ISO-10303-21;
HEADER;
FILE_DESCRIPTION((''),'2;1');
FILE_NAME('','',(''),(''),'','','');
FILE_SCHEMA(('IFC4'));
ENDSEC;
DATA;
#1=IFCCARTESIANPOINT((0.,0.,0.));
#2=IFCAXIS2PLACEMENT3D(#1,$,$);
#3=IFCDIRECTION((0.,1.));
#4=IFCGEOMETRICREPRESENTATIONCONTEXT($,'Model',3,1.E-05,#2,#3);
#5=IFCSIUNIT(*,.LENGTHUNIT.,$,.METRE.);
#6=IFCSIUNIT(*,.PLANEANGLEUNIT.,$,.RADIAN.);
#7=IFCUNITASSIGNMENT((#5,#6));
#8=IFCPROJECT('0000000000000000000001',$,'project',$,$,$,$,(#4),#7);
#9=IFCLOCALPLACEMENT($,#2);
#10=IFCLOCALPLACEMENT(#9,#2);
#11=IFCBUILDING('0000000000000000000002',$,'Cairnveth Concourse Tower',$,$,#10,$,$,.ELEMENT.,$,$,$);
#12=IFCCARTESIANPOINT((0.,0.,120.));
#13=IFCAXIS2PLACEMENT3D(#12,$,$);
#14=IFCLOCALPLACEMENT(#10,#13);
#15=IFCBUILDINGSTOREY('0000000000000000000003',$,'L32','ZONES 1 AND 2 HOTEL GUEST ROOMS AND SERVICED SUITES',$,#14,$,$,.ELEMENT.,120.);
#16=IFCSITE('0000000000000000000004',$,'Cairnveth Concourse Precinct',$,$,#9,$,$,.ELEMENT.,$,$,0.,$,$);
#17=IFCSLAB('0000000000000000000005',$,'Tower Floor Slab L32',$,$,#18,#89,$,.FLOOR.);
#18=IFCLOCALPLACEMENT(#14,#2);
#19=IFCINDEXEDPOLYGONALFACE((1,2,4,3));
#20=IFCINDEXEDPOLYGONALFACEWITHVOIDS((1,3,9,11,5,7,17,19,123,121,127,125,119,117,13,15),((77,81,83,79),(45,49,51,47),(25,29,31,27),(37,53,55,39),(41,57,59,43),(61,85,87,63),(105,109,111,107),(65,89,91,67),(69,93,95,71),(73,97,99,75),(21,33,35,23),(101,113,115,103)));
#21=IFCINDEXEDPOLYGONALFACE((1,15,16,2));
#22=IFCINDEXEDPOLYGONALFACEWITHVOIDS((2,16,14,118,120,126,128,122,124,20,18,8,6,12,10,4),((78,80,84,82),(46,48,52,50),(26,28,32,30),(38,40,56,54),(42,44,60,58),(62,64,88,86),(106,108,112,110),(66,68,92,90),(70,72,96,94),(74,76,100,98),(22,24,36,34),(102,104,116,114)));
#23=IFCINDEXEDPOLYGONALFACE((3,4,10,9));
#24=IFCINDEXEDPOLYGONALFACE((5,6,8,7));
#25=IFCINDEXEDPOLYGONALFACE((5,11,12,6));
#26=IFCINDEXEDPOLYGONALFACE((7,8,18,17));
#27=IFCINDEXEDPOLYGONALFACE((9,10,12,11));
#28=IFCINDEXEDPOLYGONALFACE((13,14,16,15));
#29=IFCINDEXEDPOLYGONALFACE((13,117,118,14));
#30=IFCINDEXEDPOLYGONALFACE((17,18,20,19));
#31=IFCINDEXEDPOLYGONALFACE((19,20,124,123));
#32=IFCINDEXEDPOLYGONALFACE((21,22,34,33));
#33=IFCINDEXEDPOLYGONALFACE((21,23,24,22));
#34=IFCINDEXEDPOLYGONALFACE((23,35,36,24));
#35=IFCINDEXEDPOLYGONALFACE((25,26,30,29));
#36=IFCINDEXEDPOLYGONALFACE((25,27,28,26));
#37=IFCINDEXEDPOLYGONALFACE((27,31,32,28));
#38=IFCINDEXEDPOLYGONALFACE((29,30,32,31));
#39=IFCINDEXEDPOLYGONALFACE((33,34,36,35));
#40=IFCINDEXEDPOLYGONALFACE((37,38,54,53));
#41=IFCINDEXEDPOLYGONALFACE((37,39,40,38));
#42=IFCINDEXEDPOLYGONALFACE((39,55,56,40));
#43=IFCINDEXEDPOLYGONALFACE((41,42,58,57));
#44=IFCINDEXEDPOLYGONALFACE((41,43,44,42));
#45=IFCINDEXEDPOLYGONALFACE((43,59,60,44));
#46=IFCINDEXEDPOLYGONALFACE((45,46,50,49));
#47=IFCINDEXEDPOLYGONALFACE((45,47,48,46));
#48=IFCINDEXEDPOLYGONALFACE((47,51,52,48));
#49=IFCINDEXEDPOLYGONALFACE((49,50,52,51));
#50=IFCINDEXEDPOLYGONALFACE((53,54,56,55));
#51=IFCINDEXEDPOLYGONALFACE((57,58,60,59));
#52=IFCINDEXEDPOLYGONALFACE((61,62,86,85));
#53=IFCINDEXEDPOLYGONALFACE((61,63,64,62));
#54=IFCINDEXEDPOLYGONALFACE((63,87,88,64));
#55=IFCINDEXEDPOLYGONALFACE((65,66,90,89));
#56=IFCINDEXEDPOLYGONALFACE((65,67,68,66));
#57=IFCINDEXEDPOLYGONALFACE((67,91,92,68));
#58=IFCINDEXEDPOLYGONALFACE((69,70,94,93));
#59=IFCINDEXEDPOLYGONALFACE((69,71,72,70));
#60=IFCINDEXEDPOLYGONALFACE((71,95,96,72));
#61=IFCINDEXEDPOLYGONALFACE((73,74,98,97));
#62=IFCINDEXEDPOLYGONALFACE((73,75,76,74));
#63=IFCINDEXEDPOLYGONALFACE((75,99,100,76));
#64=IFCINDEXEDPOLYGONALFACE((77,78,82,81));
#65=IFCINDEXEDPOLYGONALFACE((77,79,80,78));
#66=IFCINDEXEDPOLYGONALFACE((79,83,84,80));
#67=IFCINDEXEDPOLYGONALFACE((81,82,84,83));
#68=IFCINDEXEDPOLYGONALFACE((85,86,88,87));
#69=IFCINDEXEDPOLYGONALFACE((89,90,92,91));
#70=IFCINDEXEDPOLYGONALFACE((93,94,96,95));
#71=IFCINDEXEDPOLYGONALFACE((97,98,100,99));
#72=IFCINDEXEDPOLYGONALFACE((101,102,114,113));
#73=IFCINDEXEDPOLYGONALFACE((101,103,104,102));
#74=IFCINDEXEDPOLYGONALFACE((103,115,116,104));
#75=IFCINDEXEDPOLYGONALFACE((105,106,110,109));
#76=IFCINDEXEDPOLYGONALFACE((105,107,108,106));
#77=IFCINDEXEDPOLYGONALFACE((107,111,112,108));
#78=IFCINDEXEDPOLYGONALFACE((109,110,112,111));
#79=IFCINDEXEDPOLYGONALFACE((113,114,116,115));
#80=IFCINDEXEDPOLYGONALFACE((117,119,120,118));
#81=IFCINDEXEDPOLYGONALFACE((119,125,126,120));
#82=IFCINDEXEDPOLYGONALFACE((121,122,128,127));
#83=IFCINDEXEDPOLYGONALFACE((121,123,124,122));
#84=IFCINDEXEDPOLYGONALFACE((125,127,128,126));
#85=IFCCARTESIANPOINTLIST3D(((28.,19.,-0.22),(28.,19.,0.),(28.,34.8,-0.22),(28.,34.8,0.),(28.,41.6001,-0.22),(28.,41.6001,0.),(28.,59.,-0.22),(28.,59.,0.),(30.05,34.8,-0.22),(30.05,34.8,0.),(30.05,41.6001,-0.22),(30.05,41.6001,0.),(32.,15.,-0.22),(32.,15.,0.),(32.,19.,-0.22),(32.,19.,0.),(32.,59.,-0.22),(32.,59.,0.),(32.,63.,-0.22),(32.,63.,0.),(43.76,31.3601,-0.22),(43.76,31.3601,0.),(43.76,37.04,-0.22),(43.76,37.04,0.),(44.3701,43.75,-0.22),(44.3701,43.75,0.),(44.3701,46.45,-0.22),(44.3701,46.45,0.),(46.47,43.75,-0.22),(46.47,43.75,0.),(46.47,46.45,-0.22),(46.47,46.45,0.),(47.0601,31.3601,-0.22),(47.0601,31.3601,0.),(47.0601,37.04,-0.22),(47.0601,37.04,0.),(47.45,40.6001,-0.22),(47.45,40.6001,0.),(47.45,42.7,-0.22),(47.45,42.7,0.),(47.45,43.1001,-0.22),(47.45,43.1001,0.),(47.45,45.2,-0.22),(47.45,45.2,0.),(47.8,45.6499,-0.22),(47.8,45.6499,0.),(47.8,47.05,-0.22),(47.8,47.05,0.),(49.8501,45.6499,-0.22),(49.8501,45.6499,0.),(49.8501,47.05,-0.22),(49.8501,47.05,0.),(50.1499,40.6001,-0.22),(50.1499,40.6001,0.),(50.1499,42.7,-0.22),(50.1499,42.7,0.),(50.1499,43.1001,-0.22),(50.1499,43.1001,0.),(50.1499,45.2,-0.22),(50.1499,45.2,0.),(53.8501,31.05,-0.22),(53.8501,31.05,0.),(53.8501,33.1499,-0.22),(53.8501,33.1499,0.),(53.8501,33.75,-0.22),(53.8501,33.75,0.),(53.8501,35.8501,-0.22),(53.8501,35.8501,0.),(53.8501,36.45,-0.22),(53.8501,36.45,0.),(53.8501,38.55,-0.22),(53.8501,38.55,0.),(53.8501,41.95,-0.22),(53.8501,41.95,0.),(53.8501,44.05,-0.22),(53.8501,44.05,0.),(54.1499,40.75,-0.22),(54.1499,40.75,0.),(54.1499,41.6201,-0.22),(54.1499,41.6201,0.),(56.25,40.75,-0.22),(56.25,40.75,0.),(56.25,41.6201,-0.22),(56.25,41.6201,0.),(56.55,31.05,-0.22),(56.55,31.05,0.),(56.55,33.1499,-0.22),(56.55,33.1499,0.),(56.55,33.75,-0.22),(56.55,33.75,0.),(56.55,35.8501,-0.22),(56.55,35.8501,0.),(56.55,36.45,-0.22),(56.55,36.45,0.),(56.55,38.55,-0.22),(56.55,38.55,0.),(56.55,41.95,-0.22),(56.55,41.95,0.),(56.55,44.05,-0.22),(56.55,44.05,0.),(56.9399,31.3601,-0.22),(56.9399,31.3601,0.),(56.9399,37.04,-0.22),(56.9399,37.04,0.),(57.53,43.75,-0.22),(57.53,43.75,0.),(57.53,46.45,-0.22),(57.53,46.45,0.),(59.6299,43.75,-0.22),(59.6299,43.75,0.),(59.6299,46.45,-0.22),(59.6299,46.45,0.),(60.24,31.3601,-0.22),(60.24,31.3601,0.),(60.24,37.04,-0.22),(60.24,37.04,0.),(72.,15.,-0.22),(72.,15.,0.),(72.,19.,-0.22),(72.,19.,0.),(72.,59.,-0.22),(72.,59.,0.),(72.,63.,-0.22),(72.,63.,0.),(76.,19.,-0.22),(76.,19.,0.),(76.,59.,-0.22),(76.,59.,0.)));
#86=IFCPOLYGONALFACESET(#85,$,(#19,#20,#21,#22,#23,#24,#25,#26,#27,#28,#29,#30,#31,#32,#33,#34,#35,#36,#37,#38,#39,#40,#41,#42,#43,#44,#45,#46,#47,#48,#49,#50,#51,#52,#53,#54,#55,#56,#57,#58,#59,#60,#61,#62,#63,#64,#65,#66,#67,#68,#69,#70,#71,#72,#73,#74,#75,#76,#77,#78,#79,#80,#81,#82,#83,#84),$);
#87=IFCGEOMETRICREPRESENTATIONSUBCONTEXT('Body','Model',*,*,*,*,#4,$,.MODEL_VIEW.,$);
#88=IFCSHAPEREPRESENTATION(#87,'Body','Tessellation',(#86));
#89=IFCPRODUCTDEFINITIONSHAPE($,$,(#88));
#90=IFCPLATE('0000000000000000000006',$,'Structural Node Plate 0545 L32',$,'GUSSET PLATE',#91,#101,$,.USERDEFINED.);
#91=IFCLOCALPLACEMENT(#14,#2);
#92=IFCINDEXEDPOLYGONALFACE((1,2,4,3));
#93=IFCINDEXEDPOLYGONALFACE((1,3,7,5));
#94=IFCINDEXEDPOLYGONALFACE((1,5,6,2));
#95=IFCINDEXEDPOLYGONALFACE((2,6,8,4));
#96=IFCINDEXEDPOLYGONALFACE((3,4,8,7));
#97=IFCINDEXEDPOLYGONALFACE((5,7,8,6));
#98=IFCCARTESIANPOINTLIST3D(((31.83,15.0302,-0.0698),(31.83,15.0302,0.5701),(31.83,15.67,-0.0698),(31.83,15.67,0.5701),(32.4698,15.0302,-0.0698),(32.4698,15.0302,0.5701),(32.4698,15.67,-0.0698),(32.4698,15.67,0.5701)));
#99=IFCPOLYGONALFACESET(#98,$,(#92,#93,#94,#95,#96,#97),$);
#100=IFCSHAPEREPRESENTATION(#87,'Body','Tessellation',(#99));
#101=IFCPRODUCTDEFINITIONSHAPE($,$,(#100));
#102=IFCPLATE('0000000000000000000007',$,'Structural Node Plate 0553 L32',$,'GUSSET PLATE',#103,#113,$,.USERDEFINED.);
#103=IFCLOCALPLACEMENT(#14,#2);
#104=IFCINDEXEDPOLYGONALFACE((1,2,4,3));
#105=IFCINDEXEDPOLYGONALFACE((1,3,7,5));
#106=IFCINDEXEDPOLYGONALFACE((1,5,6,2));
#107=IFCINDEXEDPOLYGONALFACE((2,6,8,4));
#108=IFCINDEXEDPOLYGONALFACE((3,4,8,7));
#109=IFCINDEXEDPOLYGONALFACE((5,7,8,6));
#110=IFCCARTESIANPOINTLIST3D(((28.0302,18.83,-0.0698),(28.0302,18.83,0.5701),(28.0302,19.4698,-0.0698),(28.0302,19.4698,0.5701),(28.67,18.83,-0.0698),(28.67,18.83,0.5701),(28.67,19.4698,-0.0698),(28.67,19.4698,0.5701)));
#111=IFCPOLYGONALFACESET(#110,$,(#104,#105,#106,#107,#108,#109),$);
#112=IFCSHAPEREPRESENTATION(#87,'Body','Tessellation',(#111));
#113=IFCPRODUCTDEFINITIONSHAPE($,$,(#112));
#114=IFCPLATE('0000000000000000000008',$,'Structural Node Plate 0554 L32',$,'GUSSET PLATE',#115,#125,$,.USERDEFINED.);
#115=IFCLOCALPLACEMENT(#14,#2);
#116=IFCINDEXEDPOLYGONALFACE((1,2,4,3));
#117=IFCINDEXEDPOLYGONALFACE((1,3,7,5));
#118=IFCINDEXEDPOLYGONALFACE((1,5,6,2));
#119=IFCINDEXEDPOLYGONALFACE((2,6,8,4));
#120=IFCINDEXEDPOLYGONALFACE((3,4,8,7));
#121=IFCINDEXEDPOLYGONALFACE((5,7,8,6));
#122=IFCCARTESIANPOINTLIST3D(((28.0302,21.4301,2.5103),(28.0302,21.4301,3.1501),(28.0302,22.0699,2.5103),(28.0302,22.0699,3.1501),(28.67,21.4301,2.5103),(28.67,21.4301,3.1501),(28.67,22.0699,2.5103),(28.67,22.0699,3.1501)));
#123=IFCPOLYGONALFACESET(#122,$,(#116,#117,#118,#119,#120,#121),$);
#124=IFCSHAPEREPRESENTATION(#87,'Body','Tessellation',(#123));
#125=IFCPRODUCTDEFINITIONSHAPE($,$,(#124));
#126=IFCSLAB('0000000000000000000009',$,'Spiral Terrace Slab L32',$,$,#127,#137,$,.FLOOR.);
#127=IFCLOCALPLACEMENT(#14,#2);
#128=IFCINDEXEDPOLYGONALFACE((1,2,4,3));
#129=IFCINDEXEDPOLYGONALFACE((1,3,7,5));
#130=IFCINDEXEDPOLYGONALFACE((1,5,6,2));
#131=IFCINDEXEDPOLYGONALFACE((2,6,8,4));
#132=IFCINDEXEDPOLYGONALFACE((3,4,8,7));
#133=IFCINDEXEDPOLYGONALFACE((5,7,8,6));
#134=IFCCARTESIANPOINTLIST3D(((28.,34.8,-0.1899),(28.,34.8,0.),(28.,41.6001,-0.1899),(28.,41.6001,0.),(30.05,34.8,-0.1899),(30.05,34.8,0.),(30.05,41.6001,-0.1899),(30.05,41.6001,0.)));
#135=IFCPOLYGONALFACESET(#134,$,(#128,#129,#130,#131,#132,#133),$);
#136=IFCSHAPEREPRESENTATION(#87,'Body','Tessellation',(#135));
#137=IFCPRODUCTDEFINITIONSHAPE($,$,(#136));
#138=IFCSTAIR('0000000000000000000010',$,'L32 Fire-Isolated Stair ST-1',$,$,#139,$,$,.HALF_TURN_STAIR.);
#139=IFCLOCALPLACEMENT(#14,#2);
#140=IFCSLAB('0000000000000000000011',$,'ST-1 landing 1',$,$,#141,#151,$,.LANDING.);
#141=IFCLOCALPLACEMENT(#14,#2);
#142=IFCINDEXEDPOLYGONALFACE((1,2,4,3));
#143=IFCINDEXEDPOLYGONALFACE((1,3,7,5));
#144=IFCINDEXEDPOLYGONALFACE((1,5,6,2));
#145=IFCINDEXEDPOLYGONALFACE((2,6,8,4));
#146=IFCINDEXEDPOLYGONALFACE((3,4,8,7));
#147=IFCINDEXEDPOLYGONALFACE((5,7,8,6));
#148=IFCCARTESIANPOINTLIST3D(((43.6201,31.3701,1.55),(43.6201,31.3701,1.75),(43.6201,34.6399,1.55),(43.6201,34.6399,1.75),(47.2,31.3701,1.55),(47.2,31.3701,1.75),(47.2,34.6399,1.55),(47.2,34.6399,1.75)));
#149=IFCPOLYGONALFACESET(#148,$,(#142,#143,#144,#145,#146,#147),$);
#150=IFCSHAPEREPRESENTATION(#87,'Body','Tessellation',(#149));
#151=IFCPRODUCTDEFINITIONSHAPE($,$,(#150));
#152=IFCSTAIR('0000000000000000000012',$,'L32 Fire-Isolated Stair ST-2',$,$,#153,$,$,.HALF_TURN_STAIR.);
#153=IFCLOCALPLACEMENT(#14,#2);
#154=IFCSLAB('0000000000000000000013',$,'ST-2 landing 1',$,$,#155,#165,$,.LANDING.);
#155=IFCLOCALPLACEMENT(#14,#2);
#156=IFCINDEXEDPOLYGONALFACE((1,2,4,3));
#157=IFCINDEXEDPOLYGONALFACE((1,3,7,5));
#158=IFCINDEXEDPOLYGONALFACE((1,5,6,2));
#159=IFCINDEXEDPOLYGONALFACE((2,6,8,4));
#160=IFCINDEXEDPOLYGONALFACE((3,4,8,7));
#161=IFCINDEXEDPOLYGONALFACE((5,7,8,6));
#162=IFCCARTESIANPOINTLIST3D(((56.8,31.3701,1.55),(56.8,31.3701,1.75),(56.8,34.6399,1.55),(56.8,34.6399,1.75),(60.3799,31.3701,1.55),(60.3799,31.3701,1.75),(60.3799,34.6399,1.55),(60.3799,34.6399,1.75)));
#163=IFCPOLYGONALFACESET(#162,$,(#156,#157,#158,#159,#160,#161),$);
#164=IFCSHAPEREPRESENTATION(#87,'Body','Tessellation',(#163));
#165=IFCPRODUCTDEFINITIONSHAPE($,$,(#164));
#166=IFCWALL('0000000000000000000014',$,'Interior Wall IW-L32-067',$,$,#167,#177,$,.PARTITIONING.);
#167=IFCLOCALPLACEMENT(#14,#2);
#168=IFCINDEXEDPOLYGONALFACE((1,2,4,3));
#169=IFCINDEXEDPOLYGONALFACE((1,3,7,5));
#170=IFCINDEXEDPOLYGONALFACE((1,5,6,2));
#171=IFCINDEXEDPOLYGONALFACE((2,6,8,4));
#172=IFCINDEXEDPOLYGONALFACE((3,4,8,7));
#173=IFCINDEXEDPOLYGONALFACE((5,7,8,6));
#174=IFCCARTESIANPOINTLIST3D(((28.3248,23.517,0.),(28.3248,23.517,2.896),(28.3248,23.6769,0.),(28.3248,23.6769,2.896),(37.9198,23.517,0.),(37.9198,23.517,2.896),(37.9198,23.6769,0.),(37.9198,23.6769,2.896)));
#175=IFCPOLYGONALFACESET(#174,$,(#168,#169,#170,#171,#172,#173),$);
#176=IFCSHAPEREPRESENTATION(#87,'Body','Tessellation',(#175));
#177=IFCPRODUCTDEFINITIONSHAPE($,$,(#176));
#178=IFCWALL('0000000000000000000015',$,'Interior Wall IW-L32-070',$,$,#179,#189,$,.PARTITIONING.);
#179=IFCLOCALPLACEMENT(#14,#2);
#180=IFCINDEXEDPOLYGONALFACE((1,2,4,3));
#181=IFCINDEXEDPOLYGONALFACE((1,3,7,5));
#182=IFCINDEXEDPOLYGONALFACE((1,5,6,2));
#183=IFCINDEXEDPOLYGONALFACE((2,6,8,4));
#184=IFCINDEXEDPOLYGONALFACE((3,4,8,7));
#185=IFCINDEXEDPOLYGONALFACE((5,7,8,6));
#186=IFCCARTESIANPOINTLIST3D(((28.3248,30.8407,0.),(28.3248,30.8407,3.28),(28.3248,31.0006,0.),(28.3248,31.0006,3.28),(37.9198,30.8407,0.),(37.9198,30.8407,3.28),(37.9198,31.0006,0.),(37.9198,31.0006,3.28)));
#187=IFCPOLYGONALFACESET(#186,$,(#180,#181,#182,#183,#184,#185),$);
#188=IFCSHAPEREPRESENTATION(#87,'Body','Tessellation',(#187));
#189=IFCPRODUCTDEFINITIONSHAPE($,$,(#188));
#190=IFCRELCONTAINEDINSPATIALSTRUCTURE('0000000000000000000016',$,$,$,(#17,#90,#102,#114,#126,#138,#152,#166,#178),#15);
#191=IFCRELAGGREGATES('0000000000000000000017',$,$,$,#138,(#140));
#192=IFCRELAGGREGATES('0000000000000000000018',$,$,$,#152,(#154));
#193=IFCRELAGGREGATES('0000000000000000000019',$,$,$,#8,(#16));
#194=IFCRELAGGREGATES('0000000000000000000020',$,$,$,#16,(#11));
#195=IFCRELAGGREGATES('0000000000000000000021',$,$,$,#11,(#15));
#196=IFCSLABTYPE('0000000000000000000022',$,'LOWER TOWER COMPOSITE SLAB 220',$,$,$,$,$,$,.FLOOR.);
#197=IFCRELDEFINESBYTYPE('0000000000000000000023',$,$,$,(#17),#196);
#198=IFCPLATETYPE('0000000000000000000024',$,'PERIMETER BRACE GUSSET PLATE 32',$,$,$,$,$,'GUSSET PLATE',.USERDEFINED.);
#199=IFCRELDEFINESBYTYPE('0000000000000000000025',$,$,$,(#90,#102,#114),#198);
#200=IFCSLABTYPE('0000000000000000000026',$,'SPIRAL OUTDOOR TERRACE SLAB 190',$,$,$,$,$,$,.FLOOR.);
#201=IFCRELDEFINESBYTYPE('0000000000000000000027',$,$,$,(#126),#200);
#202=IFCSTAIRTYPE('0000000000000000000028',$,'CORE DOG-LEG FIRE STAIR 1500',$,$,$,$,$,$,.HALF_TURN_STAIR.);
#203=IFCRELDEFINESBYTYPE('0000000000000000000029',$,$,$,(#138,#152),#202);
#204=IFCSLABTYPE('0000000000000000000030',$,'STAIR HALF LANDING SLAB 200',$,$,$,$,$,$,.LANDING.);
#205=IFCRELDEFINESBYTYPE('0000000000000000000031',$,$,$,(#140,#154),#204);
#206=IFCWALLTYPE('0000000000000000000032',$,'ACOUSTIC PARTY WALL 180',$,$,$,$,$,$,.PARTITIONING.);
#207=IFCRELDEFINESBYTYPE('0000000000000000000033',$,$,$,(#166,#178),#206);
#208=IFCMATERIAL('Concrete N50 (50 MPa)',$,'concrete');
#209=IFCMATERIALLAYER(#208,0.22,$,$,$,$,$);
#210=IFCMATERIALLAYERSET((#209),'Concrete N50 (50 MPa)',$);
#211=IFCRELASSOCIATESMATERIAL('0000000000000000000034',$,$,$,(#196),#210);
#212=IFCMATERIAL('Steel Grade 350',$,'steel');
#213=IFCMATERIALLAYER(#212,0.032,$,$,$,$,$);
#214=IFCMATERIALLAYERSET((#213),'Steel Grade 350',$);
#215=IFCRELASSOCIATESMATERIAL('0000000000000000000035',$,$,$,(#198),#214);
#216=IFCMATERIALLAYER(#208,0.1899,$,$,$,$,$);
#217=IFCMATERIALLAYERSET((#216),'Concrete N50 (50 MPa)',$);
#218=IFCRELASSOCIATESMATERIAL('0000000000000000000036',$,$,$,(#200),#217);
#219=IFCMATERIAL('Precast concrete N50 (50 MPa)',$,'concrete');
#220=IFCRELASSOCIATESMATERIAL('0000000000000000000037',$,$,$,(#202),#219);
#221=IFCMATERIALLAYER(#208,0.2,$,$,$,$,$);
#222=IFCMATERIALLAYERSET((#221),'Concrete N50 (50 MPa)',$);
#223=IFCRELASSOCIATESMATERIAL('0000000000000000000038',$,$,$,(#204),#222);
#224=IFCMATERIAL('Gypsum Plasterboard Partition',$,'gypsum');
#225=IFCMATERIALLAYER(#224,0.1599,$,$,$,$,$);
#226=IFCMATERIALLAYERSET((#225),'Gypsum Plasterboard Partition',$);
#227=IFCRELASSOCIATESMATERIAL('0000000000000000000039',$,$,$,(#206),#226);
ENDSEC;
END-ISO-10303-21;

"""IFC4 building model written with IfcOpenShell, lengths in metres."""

from ifc_helpers import new_model, si_unit, direction, frame, frame_2d, origin, origin_2d, place, context, subcontext, project, spatial, polyline, rectangle, outline, extrude, material, layer, layer_set, type_object, element, aggregate, save


model = new_model("IFC4")

# Units and contexts
model_context = context("Model", 3, precision=1e-05, world=origin(), true_north=direction((0.0, 1.0)))
body_context = subcontext(model_context, "Body", "Model", "MODEL_VIEW")
ifc_project = project(units=[si_unit("LENGTHUNIT", "METRE"), si_unit("PLANEANGLEUNIT", "RADIAN")], contexts=[model_context])

# Site, building, storey
site_placement = place(None, origin())
site = spatial("IfcSite", under=ifc_project, at=site_placement, Name="Cairnveth Concourse Precinct", CompositionType="ELEMENT", RefElevation=0.0)
building_placement = place(site_placement, origin())
building = spatial("IfcBuilding", under=site, at=building_placement, Name="Cairnveth Concourse Tower", CompositionType="ELEMENT")
storey_placement = place(building_placement, frame((0.0, 0.0, 120.0)))
storey = spatial("IfcBuildingStorey", under=building, at=storey_placement, Name="L32", Description="ZONES 1 AND 2 HOTEL GUEST ROOMS AND SERVICED SUITES", CompositionType="ELEMENT", Elevation=120.0)

# Shared definitions
ifc_material_1 = material(Name="Steel Grade 350", Category="steel")

# Slab
ifc_material_2 = material(Name="Concrete N50 (50 MPa)", Category="concrete")
ifc_layer_1 = layer(ifc_material_2, 0.22)
ifc_layer_set_1 = layer_set([ifc_layer_1], Name="Concrete N50 (50 MPa)")
slab_type_1 = type_object("IfcSlabType", Name="LOWER TOWER COMPOSITE SLAB 220", PredefinedType="FLOOR", material=ifc_layer_set_1)
slab_1_placement = place(storey_placement, frame((0.0, 0.0, -0.22)))
element("IfcSlab", 1, at=slab_1_placement, inside=storey, type_object=slab_type_1, Name="Tower Floor Slab L32", PredefinedType="FLOOR", context=body_context, shape_type="SweptSolid", body=[
    extrude(outline(polyline([(28.0, 41.6001), (30.05, 41.6001), (30.05, 34.8), (28.0, 34.8), (28.0, 19.0), (32.0, 19.0), (32.0, 15.0), (72.0, 15.0), (72.0, 19.0), (76.0, 19.0), (76.0, 59.0), (72.0, 59.0), (72.0, 63.0), (32.0, 63.0), (32.0, 59.0), (28.0, 59.0), (28.0, 41.6001)]), holes=[polyline([(43.76, 31.3601), (47.0601, 31.3601), (47.0601, 37.04), (43.76, 37.04), (43.76, 31.3601)]), polyline([(56.9399, 31.3601), (60.24, 31.3601), (60.24, 37.04), (56.9399, 37.04), (56.9399, 31.3601)]), polyline([(44.3701, 43.75), (46.47, 43.75), (46.47, 46.45), (44.3701, 46.45), (44.3701, 43.75)]), polyline([(57.53, 43.75), (59.6299, 43.75), (59.6299, 46.45), (57.53, 46.45), (57.53, 43.75)]), polyline([(53.8501, 31.05), (56.55, 31.05), (56.55, 33.1499), (53.8501, 33.1499), (53.8501, 31.05)]), polyline([(53.8501, 33.75), (56.55, 33.75), (56.55, 35.8501), (53.8501, 35.8501), (53.8501, 33.75)]), polyline([(53.8501, 36.45), (56.55, 36.45), (56.55, 38.55), (53.8501, 38.55), (53.8501, 36.45)]), polyline([(47.45, 40.6001), (50.1499, 40.6001), (50.1499, 42.7), (47.45, 42.7), (47.45, 40.6001)]), polyline([(47.45, 43.1001), (50.1499, 43.1001), (50.1499, 45.2), (47.45, 45.2), (47.45, 43.1001)]), polyline([(53.8501, 41.95), (56.55, 41.95), (56.55, 44.05), (53.8501, 44.05), (53.8501, 41.95)]), polyline([(47.8, 45.6499), (49.8501, 45.6499), (49.8501, 47.05), (47.8, 47.05), (47.8, 45.6499)]), polyline([(54.1499, 40.75), (56.25, 40.75), (56.25, 41.6201), (54.1499, 41.6201), (54.1499, 40.75)])]), origin(), (0.0, 0.0, 1.0), 0.22),
])

# Plates
ifc_layer_2 = layer(ifc_material_1, 0.032)
ifc_layer_set_2 = layer_set([ifc_layer_2], Name="Steel Grade 350")
plate_type = type_object("IfcPlateType", Name="PERIMETER BRACE GUSSET PLATE 32", ElementType="GUSSET PLATE", PredefinedType="USERDEFINED", material=ifc_layer_set_2)
for number, where, z_axis, x_axis, name in (
    (2, (32.1499, 15.3501, -0.0698), (0.0, 0.0, 1.0), (1.0, 0.0, 0.0), "Structural Node Plate 0545 L32"),
    (3, (28.3501, 19.1499, -0.0698), (0.0, 0.0, 1.0), (1.0, 0.0, 0.0), "Structural Node Plate 0553 L32"),
    (4, (28.3501, 21.75, 2.5103), (0.0, 0.0, 1.0), (1.0, 0.0, 0.0), "Structural Node Plate 0554 L32"),
):
    element("IfcPlate", number, at=place(storey_placement, frame(where, z_axis=z_axis, x_axis=x_axis)), inside=storey, type_object=plate_type, Name=name, ObjectType="GUSSET PLATE", PredefinedType="USERDEFINED", context=body_context, shape_type="SweptSolid", body=[
        extrude(rectangle(XDim=0.6399, YDim=0.6399, at=origin_2d()), origin(), (0.0, 0.0, 1.0), 0.6399),
    ])

# Slab
ifc_layer_3 = layer(ifc_material_2, 0.1899)
ifc_layer_set_3 = layer_set([ifc_layer_3], Name="Concrete N50 (50 MPa)")
slab_type_2 = type_object("IfcSlabType", Name="SPIRAL OUTDOOR TERRACE SLAB 190", PredefinedType="FLOOR", material=ifc_layer_set_3)
slab_2_placement = place(storey_placement, frame((0.0, 0.0, -0.1899)))
element("IfcSlab", 5, at=slab_2_placement, inside=storey, type_object=slab_type_2, Name="Spiral Terrace Slab L32", PredefinedType="FLOOR", context=body_context, shape_type="SweptSolid", body=[
    extrude(outline(polyline([(28.0, 34.8), (30.05, 34.8), (30.05, 41.6001), (28.0, 41.6001), (28.0, 34.8)])), origin(), (0.0, 0.0, 1.0), 0.1899),
])

# Stairs, slabs
ifc_material_3 = material(Name="Precast concrete N50 (50 MPa)", Category="concrete")
stair_type = type_object("IfcStairType", Name="CORE DOG-LEG FIRE STAIR 1500", PredefinedType="HALF_TURN_STAIR", material=ifc_material_3)
stair_1_placement = place(storey_placement, origin())
stair_1 = element("IfcStair", 6, at=stair_1_placement, inside=storey, type_object=stair_type, Name="L32 Fire-Isolated Stair ST-1", PredefinedType="HALF_TURN_STAIR")
ifc_layer_4 = layer(ifc_material_2, 0.2)
ifc_layer_set_4 = layer_set([ifc_layer_4], Name="Concrete N50 (50 MPa)")
slab_type_3 = type_object("IfcSlabType", Name="STAIR HALF LANDING SLAB 200", PredefinedType="LANDING", material=ifc_layer_set_4)
slab_3_placement = place(storey_placement, frame((0.0, 0.0, 1.55)))
slab_3 = element("IfcSlab", 7, at=slab_3_placement, type_object=slab_type_3, Name="ST-1 landing 1", PredefinedType="LANDING", context=body_context, shape_type="SweptSolid", body=[
    extrude(outline(polyline([(43.6201, 34.6399), (43.6201, 31.3701), (47.2, 31.3701), (47.2, 34.6399), (43.6201, 34.6399)])), origin(), (0.0, 0.0, 1.0), 0.2),
])
aggregate(stair_1, [slab_3])
stair_2_placement = place(storey_placement, origin())
stair_2 = element("IfcStair", 8, at=stair_2_placement, inside=storey, type_object=stair_type, Name="L32 Fire-Isolated Stair ST-2", PredefinedType="HALF_TURN_STAIR")
slab_4_placement = place(storey_placement, frame((0.0, 0.0, 1.55)))
slab_4 = element("IfcSlab", 9, at=slab_4_placement, type_object=slab_type_3, Name="ST-2 landing 1", PredefinedType="LANDING", context=body_context, shape_type="SweptSolid", body=[
    extrude(outline(polyline([(56.8, 34.6399), (56.8, 31.3701), (60.3799, 31.3701), (60.3799, 34.6399), (56.8, 34.6399)])), origin(), (0.0, 0.0, 1.0), 0.2),
])
aggregate(stair_2, [slab_4])

# Walls
ifc_material_4 = material(Name="Gypsum Plasterboard Partition", Category="gypsum")
ifc_layer_5 = layer(ifc_material_4, 0.1599)
ifc_layer_set_5 = layer_set([ifc_layer_5], Name="Gypsum Plasterboard Partition")
wall_type_1 = type_object("IfcWallType", Name="ACOUSTIC PARTY WALL 180", PredefinedType="PARTITIONING", material=ifc_layer_set_5)
wall_1_placement = place(storey_placement, frame((28.325, 23.5969, 0.0), z_axis=(0.0, 0.0, 1.0), x_axis=(1.0, 0.0, 0.0)))
element("IfcWall", 10, at=wall_1_placement, inside=storey, type_object=wall_type_1, Name="Interior Wall IW-L32-067", PredefinedType="PARTITIONING", context=body_context, shape_type="SweptSolid", body=[
    extrude(rectangle(XDim=9.595, YDim=0.1599, at=frame_2d((4.7974, 0.0))), origin(), (0.0, 0.0, 1.0), 2.896),
])
wall_2_placement = place(storey_placement, frame((28.325, 30.9207, 0.0), z_axis=(0.0, 0.0, 1.0), x_axis=(1.0, 0.0, 0.0)))
element("IfcWall", 11, at=wall_2_placement, inside=storey, type_object=wall_type_1, Name="Interior Wall IW-L32-070", PredefinedType="PARTITIONING", context=body_context, shape_type="SweptSolid", body=[
    extrude(rectangle(XDim=9.595, YDim=0.1599, at=frame_2d((4.7974, 0.0))), origin(), (0.0, 0.0, 1.0), 3.28),
])

save(model, "model.ifc")
